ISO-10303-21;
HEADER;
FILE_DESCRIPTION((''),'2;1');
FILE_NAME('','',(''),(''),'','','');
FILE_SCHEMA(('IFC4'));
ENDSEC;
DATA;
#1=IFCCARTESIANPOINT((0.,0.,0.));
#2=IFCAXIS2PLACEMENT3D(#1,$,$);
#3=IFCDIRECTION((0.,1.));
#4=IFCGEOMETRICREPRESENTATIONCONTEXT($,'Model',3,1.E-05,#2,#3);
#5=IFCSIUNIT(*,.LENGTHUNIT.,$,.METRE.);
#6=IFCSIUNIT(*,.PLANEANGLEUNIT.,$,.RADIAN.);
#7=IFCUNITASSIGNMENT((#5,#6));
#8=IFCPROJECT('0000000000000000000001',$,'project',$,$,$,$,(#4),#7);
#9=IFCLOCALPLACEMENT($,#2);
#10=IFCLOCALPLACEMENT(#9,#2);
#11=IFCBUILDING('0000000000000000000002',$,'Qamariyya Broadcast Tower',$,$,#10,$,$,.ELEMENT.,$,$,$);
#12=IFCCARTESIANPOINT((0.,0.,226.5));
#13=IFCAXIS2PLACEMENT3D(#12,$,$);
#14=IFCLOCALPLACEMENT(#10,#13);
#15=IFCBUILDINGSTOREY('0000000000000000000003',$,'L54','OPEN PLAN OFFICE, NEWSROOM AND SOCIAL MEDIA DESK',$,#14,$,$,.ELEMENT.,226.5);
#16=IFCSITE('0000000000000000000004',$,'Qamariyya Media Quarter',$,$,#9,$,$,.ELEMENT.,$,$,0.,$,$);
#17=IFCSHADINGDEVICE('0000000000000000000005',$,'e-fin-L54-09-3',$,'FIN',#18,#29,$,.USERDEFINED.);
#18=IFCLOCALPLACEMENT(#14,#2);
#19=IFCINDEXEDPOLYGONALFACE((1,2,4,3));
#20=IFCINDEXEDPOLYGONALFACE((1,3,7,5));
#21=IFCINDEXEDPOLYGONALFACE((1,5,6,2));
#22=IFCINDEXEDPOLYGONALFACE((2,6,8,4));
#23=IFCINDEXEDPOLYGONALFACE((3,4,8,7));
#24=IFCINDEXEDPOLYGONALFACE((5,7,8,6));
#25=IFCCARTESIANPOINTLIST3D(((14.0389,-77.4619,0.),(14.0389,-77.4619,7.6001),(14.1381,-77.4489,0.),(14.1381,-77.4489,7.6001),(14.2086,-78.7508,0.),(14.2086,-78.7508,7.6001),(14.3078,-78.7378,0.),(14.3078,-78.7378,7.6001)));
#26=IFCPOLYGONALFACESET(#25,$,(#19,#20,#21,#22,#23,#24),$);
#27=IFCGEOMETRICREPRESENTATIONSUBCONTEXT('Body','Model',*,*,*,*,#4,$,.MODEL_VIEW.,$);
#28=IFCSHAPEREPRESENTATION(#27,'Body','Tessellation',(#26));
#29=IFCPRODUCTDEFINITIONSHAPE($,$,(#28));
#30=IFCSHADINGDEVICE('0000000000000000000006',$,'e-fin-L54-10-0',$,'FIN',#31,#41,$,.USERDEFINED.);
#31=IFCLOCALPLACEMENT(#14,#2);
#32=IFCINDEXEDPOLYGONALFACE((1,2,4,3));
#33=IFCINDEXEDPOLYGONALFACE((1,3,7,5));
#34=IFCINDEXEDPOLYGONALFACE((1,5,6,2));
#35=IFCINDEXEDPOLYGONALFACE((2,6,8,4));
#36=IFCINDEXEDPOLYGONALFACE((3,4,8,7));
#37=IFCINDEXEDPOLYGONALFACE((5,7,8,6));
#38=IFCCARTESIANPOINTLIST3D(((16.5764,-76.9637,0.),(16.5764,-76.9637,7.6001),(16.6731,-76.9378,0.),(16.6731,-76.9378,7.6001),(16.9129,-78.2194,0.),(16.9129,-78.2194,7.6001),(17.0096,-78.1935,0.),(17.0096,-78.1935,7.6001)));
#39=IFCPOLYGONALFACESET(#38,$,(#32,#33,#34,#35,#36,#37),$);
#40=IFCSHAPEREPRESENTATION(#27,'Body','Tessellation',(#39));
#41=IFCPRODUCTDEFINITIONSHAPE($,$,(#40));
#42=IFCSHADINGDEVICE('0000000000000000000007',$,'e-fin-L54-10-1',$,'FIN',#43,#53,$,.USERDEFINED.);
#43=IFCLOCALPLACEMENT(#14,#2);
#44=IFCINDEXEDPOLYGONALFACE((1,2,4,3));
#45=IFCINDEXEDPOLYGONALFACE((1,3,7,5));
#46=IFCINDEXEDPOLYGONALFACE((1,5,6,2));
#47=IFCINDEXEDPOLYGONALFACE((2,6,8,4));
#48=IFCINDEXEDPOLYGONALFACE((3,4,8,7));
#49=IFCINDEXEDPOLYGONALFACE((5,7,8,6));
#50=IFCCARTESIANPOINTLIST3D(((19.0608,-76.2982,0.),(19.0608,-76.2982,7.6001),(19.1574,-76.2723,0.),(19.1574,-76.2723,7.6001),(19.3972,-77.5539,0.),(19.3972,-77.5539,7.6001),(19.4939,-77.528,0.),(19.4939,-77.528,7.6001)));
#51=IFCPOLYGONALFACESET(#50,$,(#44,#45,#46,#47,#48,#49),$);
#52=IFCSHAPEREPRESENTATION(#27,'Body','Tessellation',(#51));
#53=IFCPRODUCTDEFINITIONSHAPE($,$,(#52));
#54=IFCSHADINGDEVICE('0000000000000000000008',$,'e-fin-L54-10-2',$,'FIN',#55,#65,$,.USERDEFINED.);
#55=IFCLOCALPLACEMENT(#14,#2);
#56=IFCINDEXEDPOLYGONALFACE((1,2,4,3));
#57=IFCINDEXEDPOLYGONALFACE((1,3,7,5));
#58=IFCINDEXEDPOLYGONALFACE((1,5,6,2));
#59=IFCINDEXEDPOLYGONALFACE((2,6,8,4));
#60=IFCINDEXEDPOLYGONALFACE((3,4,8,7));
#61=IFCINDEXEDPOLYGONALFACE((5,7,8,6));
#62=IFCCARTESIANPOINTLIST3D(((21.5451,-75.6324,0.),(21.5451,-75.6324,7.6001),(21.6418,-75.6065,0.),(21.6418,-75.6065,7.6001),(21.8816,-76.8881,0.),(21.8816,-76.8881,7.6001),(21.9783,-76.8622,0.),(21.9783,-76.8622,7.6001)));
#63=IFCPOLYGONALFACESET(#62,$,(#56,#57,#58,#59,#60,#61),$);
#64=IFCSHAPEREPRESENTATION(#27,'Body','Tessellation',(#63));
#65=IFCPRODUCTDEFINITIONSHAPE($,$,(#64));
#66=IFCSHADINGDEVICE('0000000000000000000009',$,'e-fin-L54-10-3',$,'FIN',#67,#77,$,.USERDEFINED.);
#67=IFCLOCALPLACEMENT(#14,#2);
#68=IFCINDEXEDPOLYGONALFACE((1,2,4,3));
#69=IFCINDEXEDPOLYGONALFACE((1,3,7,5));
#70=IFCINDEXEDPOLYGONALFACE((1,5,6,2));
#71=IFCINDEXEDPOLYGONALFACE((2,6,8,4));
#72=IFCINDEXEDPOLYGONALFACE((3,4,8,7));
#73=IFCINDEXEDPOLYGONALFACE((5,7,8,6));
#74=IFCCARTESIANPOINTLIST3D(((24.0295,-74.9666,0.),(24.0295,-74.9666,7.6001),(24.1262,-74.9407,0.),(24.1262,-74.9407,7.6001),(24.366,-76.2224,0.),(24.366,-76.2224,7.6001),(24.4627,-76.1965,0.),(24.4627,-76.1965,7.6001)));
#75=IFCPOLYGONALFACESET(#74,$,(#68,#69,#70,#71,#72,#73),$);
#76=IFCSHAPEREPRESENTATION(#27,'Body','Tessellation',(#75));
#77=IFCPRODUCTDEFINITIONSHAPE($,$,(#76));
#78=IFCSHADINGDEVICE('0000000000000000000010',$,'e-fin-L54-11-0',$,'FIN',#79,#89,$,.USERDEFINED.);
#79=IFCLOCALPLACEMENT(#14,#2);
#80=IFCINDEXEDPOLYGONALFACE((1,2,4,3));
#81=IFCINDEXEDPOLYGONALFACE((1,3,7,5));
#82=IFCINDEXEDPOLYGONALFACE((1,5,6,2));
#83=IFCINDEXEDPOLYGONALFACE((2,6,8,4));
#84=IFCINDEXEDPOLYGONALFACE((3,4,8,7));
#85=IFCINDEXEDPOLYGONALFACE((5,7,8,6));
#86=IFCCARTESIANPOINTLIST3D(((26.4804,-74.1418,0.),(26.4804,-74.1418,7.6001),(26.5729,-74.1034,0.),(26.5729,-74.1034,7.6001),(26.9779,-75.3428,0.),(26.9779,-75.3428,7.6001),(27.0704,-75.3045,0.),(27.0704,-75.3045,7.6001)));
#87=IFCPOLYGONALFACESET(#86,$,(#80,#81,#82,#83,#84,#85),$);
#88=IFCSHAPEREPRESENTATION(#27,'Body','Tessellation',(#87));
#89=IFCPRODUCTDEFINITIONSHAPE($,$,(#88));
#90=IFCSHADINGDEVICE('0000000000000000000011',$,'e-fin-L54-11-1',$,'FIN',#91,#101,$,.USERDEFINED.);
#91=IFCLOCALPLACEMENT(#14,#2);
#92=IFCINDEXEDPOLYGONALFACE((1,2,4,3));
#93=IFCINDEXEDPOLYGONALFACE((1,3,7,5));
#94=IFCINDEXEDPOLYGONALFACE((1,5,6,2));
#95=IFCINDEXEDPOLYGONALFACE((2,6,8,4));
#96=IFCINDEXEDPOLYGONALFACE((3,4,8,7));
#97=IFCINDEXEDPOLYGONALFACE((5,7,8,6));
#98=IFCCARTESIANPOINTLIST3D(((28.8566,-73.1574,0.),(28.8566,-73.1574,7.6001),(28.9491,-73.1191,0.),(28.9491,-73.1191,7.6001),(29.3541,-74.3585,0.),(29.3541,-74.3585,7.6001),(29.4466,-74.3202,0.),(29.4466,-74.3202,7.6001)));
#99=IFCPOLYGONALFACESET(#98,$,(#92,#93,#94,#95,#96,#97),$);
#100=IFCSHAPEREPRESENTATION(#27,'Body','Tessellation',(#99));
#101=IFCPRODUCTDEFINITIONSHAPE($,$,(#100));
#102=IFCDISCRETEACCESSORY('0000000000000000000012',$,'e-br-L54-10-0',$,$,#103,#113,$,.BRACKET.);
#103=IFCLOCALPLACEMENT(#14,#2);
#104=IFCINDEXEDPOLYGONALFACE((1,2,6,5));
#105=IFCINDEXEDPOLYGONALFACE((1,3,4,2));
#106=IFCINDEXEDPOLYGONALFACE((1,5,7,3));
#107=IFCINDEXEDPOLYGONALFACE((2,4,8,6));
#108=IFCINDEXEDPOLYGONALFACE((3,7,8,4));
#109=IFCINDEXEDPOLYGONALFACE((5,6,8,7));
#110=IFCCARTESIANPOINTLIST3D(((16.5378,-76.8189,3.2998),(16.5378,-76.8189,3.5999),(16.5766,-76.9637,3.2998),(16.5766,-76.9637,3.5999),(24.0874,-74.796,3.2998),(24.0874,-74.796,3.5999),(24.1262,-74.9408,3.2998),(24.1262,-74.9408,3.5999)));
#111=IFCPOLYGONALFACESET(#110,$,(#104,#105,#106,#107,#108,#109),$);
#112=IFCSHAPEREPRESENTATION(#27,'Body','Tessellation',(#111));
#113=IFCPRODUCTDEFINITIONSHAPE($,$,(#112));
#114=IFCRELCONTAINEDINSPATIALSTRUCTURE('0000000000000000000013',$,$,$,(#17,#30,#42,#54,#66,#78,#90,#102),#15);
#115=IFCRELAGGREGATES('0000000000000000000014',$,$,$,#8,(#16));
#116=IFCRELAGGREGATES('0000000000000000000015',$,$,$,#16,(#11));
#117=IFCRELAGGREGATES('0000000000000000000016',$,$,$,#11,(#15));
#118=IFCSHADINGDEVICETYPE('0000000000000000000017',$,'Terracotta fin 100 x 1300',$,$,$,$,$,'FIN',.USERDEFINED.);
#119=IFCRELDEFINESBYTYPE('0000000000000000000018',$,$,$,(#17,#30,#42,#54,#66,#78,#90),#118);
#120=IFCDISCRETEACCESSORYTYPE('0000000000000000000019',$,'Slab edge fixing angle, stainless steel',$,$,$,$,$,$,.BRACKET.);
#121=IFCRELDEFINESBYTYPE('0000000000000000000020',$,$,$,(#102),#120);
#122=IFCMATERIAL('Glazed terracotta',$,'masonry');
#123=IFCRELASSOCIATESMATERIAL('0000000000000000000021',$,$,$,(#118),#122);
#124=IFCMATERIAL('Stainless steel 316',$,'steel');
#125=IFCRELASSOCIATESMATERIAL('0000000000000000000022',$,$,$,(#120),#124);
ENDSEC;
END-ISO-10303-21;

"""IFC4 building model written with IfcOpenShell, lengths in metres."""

from ifc_helpers import new_model, si_unit, direction, frame, origin, origin_2d, place, context, subcontext, project, spatial, rectangle, extrude, material, material_profile, profile_set, type_object, element, save


model = new_model("IFC4")

# Units and contexts
model_context = context("Model", 3, precision=1e-05, world=origin(), true_north=direction((0.0, 1.0)))
body_context = subcontext(model_context, "Body", "Model", "MODEL_VIEW")
ifc_project = project(units=[si_unit("LENGTHUNIT", "METRE"), si_unit("PLANEANGLEUNIT", "RADIAN")], contexts=[model_context])

# Site, building, storey
site_placement = place(None, origin())
site = spatial("IfcSite", under=ifc_project, at=site_placement, Name="Qamariyya Media Quarter", CompositionType="ELEMENT", RefElevation=0.0)
building_placement = place(site_placement, origin())
building = spatial("IfcBuilding", under=site, at=building_placement, Name="Qamariyya Broadcast Tower", CompositionType="ELEMENT")
storey_placement = place(building_placement, frame((0.0, 0.0, 226.5)))
storey = spatial("IfcBuildingStorey", under=building, at=storey_placement, Name="L54", Description="OPEN PLAN OFFICE, NEWSROOM AND SOCIAL MEDIA DESK", CompositionType="ELEMENT", Elevation=226.5)

# Shading devices
ifc_material_1 = material(Name="Glazed terracotta", Category="masonry")
ifc_material_profile_1 = material_profile(ifc_material_1, rectangle(XDim=1.3, YDim=0.1001, at=origin_2d()))
ifc_profile_set_1 = profile_set([ifc_material_profile_1], Name="Glazed terracotta")
shading_device_type_1 = type_object("IfcShadingDeviceType", Name="Terracotta fin 100 x 1300", ElementType="FIN", PredefinedType="USERDEFINED", material=ifc_profile_set_1)
for number, where, z_axis, x_axis, name in (
    (1, (14.1733, -78.0999, 0.0), (0.0, 0.0, 1.0), (0.130526, -0.991445, 0.0), "e-fin-L54-09-3"),
    (2, (16.793, -77.5786, 0.0), (0.0, 0.0, 1.0), (0.258819, -0.965926, 0.0), "e-fin-L54-10-0"),
    (3, (19.2773, -76.9131, 0.0), (0.0, 0.0, 1.0), (0.258819, -0.965926, 0.0), "e-fin-L54-10-1"),
    (4, (21.7617, -76.2473, 0.0), (0.0, 0.0, 1.0), (0.258819, -0.965926, 0.0), "e-fin-L54-10-2"),
    (5, (24.2461, -75.5815, 0.0), (0.0, 0.0, 1.0), (0.258819, -0.965926, 0.0), "e-fin-L54-10-3"),
    (6, (26.7754, -74.7231, 0.0), (0.0, 0.0, 1.0), (0.382683, -0.92388, 0.0), "e-fin-L54-11-0"),
    (7, (29.1516, -73.7388, 0.0), (0.0, 0.0, 1.0), (0.382683, -0.92388, 0.0), "e-fin-L54-11-1"),
):
    element("IfcShadingDevice", number, at=place(storey_placement, frame(where, z_axis=z_axis, x_axis=x_axis)), inside=storey, type_object=shading_device_type_1, Name=name, ObjectType="FIN", PredefinedType="USERDEFINED", context=body_context, shape_type="SweptSolid", body=[
        extrude(rectangle(XDim=1.3, YDim=0.1001, at=origin_2d()), origin(), (0.0, 0.0, 1.0), 7.6001),
    ])

# Discrete accessory
ifc_material_2 = material(Name="Stainless steel 316", Category="steel")
discrete_accessory_type = type_object("IfcDiscreteAccessoryType", Name="Slab edge fixing angle, stainless steel", PredefinedType="BRACKET", material=ifc_material_2)
discrete_accessory_placement = place(storey_placement, frame((20.332, -75.8799, 3.2998), z_axis=(0.0, 0.0, 1.0), x_axis=(0.965926, 0.258819, 0.0)))
element("IfcDiscreteAccessory", 8, at=discrete_accessory_placement, inside=storey, type_object=discrete_accessory_type, Name="e-br-L54-10-0", PredefinedType="BRACKET", context=body_context, shape_type="SweptSolid", body=[
    extrude(rectangle(XDim=7.8159, YDim=0.1499, at=origin_2d()), origin(), (0.0, 0.0, 1.0), 0.3),
])

save(model, "model.ifc")
